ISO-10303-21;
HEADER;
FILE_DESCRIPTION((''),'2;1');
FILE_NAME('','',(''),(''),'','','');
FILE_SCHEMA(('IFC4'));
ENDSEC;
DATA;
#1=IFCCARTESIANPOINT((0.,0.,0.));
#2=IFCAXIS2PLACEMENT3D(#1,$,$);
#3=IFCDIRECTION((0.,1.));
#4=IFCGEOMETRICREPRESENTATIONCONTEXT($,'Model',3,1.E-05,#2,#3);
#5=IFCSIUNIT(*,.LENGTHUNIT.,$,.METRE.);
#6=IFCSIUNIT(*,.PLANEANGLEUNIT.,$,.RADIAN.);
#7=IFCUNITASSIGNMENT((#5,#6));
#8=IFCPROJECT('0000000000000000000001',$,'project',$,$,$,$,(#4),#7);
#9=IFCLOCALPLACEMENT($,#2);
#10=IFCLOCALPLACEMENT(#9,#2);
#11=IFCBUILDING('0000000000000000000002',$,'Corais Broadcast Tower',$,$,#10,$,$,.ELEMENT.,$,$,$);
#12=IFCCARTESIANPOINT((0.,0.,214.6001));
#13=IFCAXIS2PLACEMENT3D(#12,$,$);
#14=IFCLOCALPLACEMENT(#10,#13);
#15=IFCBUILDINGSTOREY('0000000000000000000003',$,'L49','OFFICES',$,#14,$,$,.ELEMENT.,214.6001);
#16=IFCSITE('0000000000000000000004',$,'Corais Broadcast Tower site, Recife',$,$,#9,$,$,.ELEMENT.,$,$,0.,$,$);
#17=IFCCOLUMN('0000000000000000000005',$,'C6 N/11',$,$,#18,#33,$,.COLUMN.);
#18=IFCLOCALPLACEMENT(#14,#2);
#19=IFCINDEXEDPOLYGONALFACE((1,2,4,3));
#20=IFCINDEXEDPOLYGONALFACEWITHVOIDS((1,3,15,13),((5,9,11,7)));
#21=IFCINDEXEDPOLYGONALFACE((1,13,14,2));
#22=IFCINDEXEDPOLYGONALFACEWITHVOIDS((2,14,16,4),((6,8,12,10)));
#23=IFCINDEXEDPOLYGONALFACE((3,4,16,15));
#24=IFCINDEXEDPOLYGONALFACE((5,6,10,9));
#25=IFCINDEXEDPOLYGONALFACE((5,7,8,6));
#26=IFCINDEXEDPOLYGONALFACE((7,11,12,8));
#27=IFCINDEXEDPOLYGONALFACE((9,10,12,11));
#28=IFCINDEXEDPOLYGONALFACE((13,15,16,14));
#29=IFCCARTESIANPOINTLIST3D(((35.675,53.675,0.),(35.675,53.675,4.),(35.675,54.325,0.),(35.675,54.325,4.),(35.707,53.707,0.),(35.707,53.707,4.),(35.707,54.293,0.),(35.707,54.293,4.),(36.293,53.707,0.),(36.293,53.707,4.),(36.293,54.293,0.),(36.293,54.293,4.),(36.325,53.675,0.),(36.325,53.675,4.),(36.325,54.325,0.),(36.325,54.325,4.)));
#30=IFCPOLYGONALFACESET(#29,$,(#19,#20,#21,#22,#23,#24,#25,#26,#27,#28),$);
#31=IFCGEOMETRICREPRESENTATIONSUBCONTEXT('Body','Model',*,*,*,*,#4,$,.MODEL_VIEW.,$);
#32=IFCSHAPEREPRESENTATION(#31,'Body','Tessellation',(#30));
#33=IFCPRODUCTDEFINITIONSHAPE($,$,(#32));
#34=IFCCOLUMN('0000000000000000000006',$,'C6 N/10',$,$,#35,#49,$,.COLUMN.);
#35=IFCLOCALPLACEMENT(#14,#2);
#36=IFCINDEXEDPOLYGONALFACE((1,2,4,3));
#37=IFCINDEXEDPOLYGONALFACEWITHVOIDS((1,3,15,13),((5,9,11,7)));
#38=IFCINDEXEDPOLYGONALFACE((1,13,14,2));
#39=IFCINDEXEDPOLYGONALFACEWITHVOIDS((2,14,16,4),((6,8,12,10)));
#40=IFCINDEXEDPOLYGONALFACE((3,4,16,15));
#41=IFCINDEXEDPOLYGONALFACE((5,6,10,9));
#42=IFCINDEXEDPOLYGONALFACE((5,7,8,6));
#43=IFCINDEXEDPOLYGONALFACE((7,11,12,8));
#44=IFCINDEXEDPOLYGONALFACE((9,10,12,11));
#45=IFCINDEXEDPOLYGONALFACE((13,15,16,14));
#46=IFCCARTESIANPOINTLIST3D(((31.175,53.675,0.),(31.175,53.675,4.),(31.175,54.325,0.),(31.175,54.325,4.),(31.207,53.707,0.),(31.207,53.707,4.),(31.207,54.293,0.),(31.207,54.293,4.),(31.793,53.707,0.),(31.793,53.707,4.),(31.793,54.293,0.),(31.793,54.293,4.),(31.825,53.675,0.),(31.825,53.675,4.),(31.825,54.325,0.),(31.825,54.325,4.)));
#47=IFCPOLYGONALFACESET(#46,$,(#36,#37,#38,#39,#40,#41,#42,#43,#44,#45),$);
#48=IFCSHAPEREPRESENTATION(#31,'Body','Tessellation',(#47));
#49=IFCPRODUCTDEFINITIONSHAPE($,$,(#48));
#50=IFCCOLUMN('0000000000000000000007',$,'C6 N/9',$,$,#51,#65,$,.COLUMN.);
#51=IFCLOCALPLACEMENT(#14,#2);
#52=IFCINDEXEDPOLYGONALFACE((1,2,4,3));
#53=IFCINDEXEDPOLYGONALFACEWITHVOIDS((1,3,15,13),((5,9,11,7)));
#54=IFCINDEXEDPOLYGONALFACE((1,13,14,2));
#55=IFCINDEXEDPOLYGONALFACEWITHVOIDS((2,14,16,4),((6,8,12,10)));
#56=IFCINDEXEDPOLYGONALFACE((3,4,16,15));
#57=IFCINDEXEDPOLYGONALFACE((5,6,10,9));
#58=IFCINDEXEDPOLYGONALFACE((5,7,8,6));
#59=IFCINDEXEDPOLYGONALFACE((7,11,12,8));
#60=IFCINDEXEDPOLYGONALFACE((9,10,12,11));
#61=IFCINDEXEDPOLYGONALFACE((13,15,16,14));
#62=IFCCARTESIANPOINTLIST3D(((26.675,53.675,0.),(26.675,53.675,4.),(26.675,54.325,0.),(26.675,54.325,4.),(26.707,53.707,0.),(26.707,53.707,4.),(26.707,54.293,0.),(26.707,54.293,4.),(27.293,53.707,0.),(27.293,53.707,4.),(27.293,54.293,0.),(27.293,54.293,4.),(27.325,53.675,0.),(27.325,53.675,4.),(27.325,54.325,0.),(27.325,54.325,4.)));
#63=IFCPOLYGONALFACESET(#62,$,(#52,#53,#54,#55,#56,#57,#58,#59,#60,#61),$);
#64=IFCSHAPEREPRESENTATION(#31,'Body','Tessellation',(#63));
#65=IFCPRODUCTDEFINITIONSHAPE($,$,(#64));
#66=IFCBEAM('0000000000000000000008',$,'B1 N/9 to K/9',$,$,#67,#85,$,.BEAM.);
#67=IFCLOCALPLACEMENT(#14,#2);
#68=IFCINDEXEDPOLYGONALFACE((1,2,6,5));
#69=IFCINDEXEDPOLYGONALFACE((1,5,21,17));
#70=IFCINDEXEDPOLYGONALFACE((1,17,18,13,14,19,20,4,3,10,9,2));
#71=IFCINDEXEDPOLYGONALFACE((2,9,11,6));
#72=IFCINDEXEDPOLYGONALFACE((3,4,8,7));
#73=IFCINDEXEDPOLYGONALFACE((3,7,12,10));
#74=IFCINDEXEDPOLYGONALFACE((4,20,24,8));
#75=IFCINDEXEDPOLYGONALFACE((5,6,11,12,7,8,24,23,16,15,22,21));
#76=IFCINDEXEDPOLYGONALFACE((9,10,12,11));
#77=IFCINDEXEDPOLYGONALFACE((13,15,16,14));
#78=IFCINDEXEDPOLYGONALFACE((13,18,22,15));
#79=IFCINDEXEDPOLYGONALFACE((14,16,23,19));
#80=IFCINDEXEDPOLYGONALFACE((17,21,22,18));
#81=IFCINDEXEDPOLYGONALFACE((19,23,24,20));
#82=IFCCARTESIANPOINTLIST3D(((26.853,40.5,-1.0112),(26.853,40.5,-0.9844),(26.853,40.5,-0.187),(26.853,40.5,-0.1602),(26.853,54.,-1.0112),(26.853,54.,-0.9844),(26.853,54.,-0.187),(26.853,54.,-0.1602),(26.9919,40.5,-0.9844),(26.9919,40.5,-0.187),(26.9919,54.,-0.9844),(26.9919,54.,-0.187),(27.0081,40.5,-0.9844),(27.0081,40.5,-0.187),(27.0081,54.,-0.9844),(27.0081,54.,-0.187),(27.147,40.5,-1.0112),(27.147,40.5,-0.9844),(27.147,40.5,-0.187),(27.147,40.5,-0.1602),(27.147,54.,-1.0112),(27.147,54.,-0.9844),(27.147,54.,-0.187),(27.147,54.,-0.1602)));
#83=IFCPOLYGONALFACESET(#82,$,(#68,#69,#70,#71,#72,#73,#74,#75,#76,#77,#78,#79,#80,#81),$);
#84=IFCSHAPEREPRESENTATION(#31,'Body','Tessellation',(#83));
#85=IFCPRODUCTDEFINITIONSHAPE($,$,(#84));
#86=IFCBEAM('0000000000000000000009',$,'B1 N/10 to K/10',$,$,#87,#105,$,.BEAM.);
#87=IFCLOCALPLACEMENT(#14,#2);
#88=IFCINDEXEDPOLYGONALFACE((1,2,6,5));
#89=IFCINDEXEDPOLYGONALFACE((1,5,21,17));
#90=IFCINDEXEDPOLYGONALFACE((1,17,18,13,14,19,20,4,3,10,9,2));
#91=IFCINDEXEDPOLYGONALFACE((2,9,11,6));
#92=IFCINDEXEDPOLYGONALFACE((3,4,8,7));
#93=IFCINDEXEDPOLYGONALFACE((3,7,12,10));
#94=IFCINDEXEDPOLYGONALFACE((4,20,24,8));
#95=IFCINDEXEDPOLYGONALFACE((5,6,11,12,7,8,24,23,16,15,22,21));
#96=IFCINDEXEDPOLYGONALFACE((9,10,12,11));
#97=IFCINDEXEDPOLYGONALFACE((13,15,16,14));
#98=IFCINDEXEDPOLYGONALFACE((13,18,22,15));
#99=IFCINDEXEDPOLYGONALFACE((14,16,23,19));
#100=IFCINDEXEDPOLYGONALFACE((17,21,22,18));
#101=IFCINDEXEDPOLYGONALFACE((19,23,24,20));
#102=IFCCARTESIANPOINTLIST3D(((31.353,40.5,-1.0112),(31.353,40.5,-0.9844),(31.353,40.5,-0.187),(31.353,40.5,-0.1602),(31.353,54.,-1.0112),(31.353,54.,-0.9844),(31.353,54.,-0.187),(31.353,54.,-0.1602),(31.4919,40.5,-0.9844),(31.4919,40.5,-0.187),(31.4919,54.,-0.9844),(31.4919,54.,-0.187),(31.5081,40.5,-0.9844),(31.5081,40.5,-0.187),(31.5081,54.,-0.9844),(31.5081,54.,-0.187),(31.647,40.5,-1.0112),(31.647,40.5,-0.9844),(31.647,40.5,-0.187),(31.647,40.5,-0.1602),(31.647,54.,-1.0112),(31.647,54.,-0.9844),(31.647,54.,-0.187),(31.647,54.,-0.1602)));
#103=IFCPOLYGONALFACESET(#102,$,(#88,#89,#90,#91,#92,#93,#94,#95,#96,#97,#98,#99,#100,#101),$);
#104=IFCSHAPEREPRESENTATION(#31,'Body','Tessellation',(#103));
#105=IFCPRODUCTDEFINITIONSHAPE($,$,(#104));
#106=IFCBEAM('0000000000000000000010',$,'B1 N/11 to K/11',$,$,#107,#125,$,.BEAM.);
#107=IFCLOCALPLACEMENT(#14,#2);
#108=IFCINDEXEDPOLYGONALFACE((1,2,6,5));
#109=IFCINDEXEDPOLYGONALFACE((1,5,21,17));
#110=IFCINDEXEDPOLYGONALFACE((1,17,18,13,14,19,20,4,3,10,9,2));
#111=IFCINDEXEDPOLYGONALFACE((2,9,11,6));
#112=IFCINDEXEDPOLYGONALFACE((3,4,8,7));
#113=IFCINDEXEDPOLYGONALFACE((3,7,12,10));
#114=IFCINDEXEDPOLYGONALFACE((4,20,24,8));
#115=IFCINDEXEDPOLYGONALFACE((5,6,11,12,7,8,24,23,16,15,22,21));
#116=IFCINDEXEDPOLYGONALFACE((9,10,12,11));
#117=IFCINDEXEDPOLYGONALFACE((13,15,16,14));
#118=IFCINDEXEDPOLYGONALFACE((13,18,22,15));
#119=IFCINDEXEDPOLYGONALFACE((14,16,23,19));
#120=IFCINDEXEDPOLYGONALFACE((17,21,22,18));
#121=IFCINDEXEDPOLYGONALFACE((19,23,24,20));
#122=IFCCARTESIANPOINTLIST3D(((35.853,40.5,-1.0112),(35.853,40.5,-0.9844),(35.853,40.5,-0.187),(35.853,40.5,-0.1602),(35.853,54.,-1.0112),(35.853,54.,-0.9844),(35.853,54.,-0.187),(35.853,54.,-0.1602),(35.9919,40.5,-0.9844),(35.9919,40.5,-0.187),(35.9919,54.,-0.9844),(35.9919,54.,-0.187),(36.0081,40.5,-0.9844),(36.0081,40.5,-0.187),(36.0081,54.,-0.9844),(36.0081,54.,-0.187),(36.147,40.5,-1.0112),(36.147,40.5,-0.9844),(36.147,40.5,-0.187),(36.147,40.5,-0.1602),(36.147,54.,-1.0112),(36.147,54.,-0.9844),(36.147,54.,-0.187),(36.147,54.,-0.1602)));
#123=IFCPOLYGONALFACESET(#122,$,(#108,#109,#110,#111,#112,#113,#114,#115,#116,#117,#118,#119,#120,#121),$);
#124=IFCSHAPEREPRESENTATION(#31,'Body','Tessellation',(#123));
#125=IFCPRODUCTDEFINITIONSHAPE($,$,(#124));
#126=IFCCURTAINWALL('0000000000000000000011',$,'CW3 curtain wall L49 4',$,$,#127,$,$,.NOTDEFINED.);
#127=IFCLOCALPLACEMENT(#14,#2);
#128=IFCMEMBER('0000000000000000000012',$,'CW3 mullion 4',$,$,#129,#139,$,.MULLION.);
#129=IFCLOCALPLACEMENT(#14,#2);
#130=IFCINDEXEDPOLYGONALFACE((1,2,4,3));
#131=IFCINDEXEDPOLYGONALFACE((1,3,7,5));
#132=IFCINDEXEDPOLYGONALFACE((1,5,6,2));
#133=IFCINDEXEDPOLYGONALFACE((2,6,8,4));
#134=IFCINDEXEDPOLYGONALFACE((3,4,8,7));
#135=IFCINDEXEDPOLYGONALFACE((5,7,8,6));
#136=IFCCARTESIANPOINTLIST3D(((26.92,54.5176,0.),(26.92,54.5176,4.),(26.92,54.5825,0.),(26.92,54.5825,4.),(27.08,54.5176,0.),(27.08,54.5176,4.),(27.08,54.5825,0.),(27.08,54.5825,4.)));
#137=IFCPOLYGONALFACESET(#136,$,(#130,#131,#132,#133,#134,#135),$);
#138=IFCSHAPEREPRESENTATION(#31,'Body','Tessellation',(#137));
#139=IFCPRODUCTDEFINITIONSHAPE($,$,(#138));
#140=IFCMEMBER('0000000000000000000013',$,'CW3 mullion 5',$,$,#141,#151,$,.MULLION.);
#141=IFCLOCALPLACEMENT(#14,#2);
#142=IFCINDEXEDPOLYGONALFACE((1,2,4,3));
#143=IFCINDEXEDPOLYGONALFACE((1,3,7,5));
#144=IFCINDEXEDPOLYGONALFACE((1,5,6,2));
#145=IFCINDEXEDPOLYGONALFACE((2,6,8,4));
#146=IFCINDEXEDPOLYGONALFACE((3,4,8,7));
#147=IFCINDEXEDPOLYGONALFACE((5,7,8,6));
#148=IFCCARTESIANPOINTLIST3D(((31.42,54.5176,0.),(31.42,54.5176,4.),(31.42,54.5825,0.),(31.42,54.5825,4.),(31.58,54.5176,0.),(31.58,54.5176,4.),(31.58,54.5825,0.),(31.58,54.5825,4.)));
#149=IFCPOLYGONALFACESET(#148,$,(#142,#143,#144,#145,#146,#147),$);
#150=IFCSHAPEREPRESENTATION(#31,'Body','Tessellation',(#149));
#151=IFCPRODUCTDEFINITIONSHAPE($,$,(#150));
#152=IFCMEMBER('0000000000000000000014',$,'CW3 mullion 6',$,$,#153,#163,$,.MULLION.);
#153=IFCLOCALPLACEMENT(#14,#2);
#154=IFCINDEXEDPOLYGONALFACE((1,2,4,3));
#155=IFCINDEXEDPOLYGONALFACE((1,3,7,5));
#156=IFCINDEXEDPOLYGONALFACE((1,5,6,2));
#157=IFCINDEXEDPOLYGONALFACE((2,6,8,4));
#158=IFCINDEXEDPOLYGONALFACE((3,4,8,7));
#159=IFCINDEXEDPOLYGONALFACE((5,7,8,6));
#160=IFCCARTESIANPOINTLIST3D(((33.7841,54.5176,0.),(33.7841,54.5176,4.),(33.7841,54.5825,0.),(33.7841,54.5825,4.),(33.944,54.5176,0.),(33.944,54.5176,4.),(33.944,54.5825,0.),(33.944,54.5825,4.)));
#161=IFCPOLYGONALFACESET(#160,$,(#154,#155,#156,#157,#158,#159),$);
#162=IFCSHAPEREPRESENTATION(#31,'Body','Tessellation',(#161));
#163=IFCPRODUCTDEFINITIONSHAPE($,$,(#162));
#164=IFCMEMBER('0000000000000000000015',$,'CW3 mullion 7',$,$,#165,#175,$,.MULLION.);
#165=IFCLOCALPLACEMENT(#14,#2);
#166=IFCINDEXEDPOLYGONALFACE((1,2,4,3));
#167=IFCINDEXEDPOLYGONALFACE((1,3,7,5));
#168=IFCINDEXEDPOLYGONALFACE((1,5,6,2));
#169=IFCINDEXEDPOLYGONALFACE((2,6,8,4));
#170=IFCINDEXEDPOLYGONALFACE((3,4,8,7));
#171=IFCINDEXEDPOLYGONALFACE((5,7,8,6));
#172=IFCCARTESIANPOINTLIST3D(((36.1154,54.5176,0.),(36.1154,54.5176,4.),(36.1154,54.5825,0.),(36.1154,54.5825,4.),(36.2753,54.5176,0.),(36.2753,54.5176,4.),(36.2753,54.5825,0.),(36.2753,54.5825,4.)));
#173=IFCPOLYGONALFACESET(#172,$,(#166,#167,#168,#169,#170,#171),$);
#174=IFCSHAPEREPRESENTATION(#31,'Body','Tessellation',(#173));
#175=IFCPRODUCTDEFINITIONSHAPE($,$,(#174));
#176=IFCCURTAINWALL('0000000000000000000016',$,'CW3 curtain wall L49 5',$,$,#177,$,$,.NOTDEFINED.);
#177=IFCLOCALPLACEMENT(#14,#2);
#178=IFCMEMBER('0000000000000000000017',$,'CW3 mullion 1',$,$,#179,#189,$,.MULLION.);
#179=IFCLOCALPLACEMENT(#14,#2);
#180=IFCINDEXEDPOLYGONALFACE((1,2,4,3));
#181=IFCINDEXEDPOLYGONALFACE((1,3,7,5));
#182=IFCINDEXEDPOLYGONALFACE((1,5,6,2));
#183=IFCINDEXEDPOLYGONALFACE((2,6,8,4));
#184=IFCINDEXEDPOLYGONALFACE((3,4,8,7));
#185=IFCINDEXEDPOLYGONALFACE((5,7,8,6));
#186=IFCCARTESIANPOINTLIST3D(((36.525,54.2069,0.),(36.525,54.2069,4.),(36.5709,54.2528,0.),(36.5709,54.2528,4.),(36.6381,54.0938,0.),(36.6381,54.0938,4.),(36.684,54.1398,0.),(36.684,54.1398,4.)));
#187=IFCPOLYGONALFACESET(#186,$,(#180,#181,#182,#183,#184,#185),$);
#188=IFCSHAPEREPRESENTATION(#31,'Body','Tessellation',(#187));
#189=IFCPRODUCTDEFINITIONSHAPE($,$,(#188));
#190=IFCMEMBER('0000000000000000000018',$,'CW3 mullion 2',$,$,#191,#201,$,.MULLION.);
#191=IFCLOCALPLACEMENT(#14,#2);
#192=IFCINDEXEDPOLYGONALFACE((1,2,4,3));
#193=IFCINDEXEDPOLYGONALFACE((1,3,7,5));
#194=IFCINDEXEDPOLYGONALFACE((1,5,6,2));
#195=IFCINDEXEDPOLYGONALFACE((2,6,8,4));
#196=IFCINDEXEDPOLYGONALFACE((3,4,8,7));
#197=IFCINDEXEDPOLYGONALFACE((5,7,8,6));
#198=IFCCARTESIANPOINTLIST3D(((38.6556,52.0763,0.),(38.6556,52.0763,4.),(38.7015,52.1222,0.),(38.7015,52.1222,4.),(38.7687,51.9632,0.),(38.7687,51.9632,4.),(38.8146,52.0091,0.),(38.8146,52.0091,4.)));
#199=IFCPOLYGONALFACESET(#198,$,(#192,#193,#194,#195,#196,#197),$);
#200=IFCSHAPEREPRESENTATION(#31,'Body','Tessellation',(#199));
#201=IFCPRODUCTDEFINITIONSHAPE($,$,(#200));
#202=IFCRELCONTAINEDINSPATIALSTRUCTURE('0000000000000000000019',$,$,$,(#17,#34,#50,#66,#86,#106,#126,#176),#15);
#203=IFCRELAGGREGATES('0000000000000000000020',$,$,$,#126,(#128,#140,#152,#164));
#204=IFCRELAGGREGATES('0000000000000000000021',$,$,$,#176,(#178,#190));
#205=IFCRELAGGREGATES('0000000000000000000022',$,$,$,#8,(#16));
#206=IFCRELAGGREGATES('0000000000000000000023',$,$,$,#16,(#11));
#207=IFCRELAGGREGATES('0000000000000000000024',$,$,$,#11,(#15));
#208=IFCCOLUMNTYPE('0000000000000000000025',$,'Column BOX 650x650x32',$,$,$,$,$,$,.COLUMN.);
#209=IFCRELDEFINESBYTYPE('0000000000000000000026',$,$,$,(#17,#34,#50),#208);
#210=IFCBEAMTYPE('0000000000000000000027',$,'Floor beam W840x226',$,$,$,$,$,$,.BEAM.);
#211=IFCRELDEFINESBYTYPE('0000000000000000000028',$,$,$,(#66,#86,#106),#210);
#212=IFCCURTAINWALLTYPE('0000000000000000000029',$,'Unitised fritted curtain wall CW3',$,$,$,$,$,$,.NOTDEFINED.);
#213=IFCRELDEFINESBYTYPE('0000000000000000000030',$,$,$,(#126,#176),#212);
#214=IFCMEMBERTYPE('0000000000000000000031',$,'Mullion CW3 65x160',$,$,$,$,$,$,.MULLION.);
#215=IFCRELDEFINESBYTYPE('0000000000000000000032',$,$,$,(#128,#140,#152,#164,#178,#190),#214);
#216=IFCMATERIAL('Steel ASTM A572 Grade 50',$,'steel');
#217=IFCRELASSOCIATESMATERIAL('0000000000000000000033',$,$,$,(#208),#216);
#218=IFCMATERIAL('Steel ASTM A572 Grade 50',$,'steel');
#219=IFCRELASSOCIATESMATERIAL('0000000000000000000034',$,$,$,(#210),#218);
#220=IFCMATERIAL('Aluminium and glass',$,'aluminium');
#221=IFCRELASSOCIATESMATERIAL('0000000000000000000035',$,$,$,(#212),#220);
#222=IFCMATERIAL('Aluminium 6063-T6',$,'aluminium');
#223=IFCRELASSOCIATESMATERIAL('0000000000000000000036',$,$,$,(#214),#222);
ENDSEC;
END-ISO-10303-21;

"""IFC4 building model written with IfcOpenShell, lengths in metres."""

from ifc_helpers import new_model, si_unit, direction, frame, origin, origin_2d, place, context, subcontext, project, spatial, rectangle, hollow_rectangle, i_section, extrude, material, material_profile, profile_set, type_object, element, aggregate, save


model = new_model("IFC4")

# Units and contexts
model_context = context("Model", 3, precision=1e-05, world=origin(), true_north=direction((0.0, 1.0)))
body_context = subcontext(model_context, "Body", "Model", "MODEL_VIEW")
ifc_project = project(units=[si_unit("LENGTHUNIT", "METRE"), si_unit("PLANEANGLEUNIT", "RADIAN")], contexts=[model_context])

# Site, building, storey
site_placement = place(None, origin())
site = spatial("IfcSite", under=ifc_project, at=site_placement, Name="Corais Broadcast Tower site, Recife", CompositionType="ELEMENT", RefElevation=0.0)
building_placement = place(site_placement, origin())
building = spatial("IfcBuilding", under=site, at=building_placement, Name="Corais Broadcast Tower", CompositionType="ELEMENT")
storey_placement = place(building_placement, frame((0.0, 0.0, 214.6001)))
storey = spatial("IfcBuildingStorey", under=building, at=storey_placement, Name="L49", Description="OFFICES", CompositionType="ELEMENT", Elevation=214.6001)

# Columns
ifc_material_1 = material(Name="Steel ASTM A572 Grade 50", Category="steel")
ifc_material_profile_1 = material_profile(ifc_material_1, hollow_rectangle(XDim=0.6499, YDim=0.6499, WallThickness=0.032, at=origin_2d()), Name="BOX 650x650x32")
ifc_profile_set_1 = profile_set([ifc_material_profile_1], Name="Steel ASTM A572 Grade 50")
column_type = type_object("IfcColumnType", Name="Column BOX 650x650x32", PredefinedType="COLUMN", material=ifc_profile_set_1)
for number, where, z_axis, x_axis, name in (
    (1, (36.0, 54.0, 0.0), (0.0, 0.0, 1.0), (1.0, 0.0, 0.0), "C6 N/11"),
    (2, (31.5, 54.0, 0.0), (0.0, 0.0, 1.0), (1.0, 0.0, 0.0), "C6 N/10"),
    (3, (27.0, 54.0, 0.0), (0.0, 0.0, 1.0), (1.0, 0.0, 0.0), "C6 N/9"),
):
    element("IfcColumn", number, at=place(storey_placement, frame(where, z_axis=z_axis, x_axis=x_axis)), inside=storey, type_object=column_type, Name=name, PredefinedType="COLUMN", context=body_context, shape_type="SweptSolid", body=[
        extrude(hollow_rectangle(XDim=0.6499, YDim=0.6499, WallThickness=0.032, at=origin_2d()), origin(), (0.0, 0.0, 1.0), 4.0),
    ])

# Beams
ifc_material_2 = material(Name="Steel ASTM A572 Grade 50", Category="steel")
ifc_material_profile_2 = material_profile(ifc_material_2, i_section(OverallWidth=0.2939, OverallDepth=0.8511, WebThickness=0.0161, FlangeThickness=0.0269, at=origin_2d()), Name="W840x226")
ifc_profile_set_2 = profile_set([ifc_material_profile_2], Name="Steel ASTM A572 Grade 50")
beam_type_1 = type_object("IfcBeamType", Name="Floor beam W840x226", PredefinedType="BEAM", material=ifc_profile_set_2)
for number, where, z_axis, x_axis, name in (
    (4, (27.0, 54.0, -0.5857), (0.0, -1.0, 0.0), (1.0, 0.0, 0.0), "B1 N/9 to K/9"),
    (5, (31.5, 54.0, -0.5857), (0.0, -1.0, 0.0), (1.0, 0.0, 0.0), "B1 N/10 to K/10"),
    (6, (36.0, 54.0, -0.5857), (0.0, -1.0, 0.0), (1.0, 0.0, 0.0), "B1 N/11 to K/11"),
):
    element("IfcBeam", number, at=place(storey_placement, frame(where, z_axis=z_axis, x_axis=x_axis)), inside=storey, type_object=beam_type_1, Name=name, PredefinedType="BEAM", context=body_context, shape_type="SweptSolid", body=[
        extrude(i_section(OverallWidth=0.2939, OverallDepth=0.8511, WebThickness=0.0161, FlangeThickness=0.0269, at=origin_2d()), origin(), (0.0, 0.0, 1.0), 13.5),
    ])

# Curtain walls, members
ifc_material_3 = material(Name="Aluminium and glass", Category="aluminium")
curtain_wall_type = type_object("IfcCurtainWallType", Name="Unitised fritted curtain wall CW3", PredefinedType="NOTDEFINED", material=ifc_material_3)
curtain_wall_1_placement = place(storey_placement, origin())
curtain_wall_1 = element("IfcCurtainWall", 7, at=curtain_wall_1_placement, inside=storey, type_object=curtain_wall_type, Name="CW3 curtain wall L49 4", PredefinedType="NOTDEFINED")
ifc_material_4 = material(Name="Aluminium 6063-T6", Category="aluminium")
ifc_material_profile_3 = material_profile(ifc_material_4, rectangle(XDim=0.0649, YDim=0.1599, at=origin_2d()), Name="Mullion CW3 65x160")
ifc_profile_set_3 = profile_set([ifc_material_profile_3], Name="Aluminium 6063-T6")
member_type_1 = type_object("IfcMemberType", Name="Mullion CW3 65x160", PredefinedType="MULLION", material=ifc_profile_set_3)
member_1_placement = place(storey_placement, frame((27.0, 54.55, 0.0), z_axis=(0.0, 0.0, 1.0), x_axis=(0.0, 1.0, 0.0)))
member_1 = element("IfcMember", 8, at=member_1_placement, type_object=member_type_1, Name="CW3 mullion 4", PredefinedType="MULLION", context=body_context, shape_type="SweptSolid", body=[
    extrude(rectangle(XDim=0.0649, YDim=0.1599, at=origin_2d()), origin(), (0.0, 0.0, 1.0), 4.0),
])
member_2_placement = place(storey_placement, frame((31.5, 54.55, 0.0), z_axis=(0.0, 0.0, 1.0), x_axis=(0.0, 1.0, 0.0)))
member_2 = element("IfcMember", 9, at=member_2_placement, type_object=member_type_1, Name="CW3 mullion 5", PredefinedType="MULLION", context=body_context, shape_type="SweptSolid", body=[
    extrude(rectangle(XDim=0.0649, YDim=0.1599, at=origin_2d()), origin(), (0.0, 0.0, 1.0), 4.0),
])
member_3_placement = place(storey_placement, frame((33.864, 54.55, 0.0), z_axis=(0.0, 0.0, 1.0), x_axis=(0.0, 1.0, 0.0)))
member_3 = element("IfcMember", 10, at=member_3_placement, type_object=member_type_1, Name="CW3 mullion 6", PredefinedType="MULLION", context=body_context, shape_type="SweptSolid", body=[
    extrude(rectangle(XDim=0.0649, YDim=0.1599, at=origin_2d()), origin(), (0.0, 0.0, 1.0), 4.0),
])
member_4_placement = place(storey_placement, frame((36.1953, 54.55, 0.0), z_axis=(0.0, 0.0, 1.0), x_axis=(0.0, 1.0, 0.0)))
member_4 = element("IfcMember", 11, at=member_4_placement, type_object=member_type_1, Name="CW3 mullion 7", PredefinedType="MULLION", context=body_context, shape_type="SweptSolid", body=[
    extrude(rectangle(XDim=0.0649, YDim=0.1599, at=origin_2d()), origin(), (0.0, 0.0, 1.0), 4.0),
])
curtain_wall_2_placement = place(storey_placement, origin())
curtain_wall_2 = element("IfcCurtainWall", 12, at=curtain_wall_2_placement, inside=storey, type_object=curtain_wall_type, Name="CW3 curtain wall L49 5", PredefinedType="NOTDEFINED")
member_5_placement = place(storey_placement, frame((36.6045, 54.1733, 0.0), z_axis=(0.0, 0.0, 1.0), x_axis=(0.707107, 0.707107, 0.0)))
member_5 = element("IfcMember", 13, at=member_5_placement, type_object=member_type_1, Name="CW3 mullion 1", PredefinedType="MULLION", context=body_context, shape_type="SweptSolid", body=[
    extrude(rectangle(XDim=0.0649, YDim=0.1599, at=origin_2d()), origin(), (0.0, 0.0, 1.0), 4.0),
])
member_6_placement = place(storey_placement, frame((38.7351, 52.0427, 0.0), z_axis=(0.0, 0.0, 1.0), x_axis=(0.707107, 0.707107, 0.0)))
member_6 = element("IfcMember", 14, at=member_6_placement, type_object=member_type_1, Name="CW3 mullion 2", PredefinedType="MULLION", context=body_context, shape_type="SweptSolid", body=[
    extrude(rectangle(XDim=0.0649, YDim=0.1599, at=origin_2d()), origin(), (0.0, 0.0, 1.0), 4.0),
])

aggregate(curtain_wall_1, [member_1, member_2, member_3, member_4])
aggregate(curtain_wall_2, [member_5, member_6])

save(model, "model.ifc")
